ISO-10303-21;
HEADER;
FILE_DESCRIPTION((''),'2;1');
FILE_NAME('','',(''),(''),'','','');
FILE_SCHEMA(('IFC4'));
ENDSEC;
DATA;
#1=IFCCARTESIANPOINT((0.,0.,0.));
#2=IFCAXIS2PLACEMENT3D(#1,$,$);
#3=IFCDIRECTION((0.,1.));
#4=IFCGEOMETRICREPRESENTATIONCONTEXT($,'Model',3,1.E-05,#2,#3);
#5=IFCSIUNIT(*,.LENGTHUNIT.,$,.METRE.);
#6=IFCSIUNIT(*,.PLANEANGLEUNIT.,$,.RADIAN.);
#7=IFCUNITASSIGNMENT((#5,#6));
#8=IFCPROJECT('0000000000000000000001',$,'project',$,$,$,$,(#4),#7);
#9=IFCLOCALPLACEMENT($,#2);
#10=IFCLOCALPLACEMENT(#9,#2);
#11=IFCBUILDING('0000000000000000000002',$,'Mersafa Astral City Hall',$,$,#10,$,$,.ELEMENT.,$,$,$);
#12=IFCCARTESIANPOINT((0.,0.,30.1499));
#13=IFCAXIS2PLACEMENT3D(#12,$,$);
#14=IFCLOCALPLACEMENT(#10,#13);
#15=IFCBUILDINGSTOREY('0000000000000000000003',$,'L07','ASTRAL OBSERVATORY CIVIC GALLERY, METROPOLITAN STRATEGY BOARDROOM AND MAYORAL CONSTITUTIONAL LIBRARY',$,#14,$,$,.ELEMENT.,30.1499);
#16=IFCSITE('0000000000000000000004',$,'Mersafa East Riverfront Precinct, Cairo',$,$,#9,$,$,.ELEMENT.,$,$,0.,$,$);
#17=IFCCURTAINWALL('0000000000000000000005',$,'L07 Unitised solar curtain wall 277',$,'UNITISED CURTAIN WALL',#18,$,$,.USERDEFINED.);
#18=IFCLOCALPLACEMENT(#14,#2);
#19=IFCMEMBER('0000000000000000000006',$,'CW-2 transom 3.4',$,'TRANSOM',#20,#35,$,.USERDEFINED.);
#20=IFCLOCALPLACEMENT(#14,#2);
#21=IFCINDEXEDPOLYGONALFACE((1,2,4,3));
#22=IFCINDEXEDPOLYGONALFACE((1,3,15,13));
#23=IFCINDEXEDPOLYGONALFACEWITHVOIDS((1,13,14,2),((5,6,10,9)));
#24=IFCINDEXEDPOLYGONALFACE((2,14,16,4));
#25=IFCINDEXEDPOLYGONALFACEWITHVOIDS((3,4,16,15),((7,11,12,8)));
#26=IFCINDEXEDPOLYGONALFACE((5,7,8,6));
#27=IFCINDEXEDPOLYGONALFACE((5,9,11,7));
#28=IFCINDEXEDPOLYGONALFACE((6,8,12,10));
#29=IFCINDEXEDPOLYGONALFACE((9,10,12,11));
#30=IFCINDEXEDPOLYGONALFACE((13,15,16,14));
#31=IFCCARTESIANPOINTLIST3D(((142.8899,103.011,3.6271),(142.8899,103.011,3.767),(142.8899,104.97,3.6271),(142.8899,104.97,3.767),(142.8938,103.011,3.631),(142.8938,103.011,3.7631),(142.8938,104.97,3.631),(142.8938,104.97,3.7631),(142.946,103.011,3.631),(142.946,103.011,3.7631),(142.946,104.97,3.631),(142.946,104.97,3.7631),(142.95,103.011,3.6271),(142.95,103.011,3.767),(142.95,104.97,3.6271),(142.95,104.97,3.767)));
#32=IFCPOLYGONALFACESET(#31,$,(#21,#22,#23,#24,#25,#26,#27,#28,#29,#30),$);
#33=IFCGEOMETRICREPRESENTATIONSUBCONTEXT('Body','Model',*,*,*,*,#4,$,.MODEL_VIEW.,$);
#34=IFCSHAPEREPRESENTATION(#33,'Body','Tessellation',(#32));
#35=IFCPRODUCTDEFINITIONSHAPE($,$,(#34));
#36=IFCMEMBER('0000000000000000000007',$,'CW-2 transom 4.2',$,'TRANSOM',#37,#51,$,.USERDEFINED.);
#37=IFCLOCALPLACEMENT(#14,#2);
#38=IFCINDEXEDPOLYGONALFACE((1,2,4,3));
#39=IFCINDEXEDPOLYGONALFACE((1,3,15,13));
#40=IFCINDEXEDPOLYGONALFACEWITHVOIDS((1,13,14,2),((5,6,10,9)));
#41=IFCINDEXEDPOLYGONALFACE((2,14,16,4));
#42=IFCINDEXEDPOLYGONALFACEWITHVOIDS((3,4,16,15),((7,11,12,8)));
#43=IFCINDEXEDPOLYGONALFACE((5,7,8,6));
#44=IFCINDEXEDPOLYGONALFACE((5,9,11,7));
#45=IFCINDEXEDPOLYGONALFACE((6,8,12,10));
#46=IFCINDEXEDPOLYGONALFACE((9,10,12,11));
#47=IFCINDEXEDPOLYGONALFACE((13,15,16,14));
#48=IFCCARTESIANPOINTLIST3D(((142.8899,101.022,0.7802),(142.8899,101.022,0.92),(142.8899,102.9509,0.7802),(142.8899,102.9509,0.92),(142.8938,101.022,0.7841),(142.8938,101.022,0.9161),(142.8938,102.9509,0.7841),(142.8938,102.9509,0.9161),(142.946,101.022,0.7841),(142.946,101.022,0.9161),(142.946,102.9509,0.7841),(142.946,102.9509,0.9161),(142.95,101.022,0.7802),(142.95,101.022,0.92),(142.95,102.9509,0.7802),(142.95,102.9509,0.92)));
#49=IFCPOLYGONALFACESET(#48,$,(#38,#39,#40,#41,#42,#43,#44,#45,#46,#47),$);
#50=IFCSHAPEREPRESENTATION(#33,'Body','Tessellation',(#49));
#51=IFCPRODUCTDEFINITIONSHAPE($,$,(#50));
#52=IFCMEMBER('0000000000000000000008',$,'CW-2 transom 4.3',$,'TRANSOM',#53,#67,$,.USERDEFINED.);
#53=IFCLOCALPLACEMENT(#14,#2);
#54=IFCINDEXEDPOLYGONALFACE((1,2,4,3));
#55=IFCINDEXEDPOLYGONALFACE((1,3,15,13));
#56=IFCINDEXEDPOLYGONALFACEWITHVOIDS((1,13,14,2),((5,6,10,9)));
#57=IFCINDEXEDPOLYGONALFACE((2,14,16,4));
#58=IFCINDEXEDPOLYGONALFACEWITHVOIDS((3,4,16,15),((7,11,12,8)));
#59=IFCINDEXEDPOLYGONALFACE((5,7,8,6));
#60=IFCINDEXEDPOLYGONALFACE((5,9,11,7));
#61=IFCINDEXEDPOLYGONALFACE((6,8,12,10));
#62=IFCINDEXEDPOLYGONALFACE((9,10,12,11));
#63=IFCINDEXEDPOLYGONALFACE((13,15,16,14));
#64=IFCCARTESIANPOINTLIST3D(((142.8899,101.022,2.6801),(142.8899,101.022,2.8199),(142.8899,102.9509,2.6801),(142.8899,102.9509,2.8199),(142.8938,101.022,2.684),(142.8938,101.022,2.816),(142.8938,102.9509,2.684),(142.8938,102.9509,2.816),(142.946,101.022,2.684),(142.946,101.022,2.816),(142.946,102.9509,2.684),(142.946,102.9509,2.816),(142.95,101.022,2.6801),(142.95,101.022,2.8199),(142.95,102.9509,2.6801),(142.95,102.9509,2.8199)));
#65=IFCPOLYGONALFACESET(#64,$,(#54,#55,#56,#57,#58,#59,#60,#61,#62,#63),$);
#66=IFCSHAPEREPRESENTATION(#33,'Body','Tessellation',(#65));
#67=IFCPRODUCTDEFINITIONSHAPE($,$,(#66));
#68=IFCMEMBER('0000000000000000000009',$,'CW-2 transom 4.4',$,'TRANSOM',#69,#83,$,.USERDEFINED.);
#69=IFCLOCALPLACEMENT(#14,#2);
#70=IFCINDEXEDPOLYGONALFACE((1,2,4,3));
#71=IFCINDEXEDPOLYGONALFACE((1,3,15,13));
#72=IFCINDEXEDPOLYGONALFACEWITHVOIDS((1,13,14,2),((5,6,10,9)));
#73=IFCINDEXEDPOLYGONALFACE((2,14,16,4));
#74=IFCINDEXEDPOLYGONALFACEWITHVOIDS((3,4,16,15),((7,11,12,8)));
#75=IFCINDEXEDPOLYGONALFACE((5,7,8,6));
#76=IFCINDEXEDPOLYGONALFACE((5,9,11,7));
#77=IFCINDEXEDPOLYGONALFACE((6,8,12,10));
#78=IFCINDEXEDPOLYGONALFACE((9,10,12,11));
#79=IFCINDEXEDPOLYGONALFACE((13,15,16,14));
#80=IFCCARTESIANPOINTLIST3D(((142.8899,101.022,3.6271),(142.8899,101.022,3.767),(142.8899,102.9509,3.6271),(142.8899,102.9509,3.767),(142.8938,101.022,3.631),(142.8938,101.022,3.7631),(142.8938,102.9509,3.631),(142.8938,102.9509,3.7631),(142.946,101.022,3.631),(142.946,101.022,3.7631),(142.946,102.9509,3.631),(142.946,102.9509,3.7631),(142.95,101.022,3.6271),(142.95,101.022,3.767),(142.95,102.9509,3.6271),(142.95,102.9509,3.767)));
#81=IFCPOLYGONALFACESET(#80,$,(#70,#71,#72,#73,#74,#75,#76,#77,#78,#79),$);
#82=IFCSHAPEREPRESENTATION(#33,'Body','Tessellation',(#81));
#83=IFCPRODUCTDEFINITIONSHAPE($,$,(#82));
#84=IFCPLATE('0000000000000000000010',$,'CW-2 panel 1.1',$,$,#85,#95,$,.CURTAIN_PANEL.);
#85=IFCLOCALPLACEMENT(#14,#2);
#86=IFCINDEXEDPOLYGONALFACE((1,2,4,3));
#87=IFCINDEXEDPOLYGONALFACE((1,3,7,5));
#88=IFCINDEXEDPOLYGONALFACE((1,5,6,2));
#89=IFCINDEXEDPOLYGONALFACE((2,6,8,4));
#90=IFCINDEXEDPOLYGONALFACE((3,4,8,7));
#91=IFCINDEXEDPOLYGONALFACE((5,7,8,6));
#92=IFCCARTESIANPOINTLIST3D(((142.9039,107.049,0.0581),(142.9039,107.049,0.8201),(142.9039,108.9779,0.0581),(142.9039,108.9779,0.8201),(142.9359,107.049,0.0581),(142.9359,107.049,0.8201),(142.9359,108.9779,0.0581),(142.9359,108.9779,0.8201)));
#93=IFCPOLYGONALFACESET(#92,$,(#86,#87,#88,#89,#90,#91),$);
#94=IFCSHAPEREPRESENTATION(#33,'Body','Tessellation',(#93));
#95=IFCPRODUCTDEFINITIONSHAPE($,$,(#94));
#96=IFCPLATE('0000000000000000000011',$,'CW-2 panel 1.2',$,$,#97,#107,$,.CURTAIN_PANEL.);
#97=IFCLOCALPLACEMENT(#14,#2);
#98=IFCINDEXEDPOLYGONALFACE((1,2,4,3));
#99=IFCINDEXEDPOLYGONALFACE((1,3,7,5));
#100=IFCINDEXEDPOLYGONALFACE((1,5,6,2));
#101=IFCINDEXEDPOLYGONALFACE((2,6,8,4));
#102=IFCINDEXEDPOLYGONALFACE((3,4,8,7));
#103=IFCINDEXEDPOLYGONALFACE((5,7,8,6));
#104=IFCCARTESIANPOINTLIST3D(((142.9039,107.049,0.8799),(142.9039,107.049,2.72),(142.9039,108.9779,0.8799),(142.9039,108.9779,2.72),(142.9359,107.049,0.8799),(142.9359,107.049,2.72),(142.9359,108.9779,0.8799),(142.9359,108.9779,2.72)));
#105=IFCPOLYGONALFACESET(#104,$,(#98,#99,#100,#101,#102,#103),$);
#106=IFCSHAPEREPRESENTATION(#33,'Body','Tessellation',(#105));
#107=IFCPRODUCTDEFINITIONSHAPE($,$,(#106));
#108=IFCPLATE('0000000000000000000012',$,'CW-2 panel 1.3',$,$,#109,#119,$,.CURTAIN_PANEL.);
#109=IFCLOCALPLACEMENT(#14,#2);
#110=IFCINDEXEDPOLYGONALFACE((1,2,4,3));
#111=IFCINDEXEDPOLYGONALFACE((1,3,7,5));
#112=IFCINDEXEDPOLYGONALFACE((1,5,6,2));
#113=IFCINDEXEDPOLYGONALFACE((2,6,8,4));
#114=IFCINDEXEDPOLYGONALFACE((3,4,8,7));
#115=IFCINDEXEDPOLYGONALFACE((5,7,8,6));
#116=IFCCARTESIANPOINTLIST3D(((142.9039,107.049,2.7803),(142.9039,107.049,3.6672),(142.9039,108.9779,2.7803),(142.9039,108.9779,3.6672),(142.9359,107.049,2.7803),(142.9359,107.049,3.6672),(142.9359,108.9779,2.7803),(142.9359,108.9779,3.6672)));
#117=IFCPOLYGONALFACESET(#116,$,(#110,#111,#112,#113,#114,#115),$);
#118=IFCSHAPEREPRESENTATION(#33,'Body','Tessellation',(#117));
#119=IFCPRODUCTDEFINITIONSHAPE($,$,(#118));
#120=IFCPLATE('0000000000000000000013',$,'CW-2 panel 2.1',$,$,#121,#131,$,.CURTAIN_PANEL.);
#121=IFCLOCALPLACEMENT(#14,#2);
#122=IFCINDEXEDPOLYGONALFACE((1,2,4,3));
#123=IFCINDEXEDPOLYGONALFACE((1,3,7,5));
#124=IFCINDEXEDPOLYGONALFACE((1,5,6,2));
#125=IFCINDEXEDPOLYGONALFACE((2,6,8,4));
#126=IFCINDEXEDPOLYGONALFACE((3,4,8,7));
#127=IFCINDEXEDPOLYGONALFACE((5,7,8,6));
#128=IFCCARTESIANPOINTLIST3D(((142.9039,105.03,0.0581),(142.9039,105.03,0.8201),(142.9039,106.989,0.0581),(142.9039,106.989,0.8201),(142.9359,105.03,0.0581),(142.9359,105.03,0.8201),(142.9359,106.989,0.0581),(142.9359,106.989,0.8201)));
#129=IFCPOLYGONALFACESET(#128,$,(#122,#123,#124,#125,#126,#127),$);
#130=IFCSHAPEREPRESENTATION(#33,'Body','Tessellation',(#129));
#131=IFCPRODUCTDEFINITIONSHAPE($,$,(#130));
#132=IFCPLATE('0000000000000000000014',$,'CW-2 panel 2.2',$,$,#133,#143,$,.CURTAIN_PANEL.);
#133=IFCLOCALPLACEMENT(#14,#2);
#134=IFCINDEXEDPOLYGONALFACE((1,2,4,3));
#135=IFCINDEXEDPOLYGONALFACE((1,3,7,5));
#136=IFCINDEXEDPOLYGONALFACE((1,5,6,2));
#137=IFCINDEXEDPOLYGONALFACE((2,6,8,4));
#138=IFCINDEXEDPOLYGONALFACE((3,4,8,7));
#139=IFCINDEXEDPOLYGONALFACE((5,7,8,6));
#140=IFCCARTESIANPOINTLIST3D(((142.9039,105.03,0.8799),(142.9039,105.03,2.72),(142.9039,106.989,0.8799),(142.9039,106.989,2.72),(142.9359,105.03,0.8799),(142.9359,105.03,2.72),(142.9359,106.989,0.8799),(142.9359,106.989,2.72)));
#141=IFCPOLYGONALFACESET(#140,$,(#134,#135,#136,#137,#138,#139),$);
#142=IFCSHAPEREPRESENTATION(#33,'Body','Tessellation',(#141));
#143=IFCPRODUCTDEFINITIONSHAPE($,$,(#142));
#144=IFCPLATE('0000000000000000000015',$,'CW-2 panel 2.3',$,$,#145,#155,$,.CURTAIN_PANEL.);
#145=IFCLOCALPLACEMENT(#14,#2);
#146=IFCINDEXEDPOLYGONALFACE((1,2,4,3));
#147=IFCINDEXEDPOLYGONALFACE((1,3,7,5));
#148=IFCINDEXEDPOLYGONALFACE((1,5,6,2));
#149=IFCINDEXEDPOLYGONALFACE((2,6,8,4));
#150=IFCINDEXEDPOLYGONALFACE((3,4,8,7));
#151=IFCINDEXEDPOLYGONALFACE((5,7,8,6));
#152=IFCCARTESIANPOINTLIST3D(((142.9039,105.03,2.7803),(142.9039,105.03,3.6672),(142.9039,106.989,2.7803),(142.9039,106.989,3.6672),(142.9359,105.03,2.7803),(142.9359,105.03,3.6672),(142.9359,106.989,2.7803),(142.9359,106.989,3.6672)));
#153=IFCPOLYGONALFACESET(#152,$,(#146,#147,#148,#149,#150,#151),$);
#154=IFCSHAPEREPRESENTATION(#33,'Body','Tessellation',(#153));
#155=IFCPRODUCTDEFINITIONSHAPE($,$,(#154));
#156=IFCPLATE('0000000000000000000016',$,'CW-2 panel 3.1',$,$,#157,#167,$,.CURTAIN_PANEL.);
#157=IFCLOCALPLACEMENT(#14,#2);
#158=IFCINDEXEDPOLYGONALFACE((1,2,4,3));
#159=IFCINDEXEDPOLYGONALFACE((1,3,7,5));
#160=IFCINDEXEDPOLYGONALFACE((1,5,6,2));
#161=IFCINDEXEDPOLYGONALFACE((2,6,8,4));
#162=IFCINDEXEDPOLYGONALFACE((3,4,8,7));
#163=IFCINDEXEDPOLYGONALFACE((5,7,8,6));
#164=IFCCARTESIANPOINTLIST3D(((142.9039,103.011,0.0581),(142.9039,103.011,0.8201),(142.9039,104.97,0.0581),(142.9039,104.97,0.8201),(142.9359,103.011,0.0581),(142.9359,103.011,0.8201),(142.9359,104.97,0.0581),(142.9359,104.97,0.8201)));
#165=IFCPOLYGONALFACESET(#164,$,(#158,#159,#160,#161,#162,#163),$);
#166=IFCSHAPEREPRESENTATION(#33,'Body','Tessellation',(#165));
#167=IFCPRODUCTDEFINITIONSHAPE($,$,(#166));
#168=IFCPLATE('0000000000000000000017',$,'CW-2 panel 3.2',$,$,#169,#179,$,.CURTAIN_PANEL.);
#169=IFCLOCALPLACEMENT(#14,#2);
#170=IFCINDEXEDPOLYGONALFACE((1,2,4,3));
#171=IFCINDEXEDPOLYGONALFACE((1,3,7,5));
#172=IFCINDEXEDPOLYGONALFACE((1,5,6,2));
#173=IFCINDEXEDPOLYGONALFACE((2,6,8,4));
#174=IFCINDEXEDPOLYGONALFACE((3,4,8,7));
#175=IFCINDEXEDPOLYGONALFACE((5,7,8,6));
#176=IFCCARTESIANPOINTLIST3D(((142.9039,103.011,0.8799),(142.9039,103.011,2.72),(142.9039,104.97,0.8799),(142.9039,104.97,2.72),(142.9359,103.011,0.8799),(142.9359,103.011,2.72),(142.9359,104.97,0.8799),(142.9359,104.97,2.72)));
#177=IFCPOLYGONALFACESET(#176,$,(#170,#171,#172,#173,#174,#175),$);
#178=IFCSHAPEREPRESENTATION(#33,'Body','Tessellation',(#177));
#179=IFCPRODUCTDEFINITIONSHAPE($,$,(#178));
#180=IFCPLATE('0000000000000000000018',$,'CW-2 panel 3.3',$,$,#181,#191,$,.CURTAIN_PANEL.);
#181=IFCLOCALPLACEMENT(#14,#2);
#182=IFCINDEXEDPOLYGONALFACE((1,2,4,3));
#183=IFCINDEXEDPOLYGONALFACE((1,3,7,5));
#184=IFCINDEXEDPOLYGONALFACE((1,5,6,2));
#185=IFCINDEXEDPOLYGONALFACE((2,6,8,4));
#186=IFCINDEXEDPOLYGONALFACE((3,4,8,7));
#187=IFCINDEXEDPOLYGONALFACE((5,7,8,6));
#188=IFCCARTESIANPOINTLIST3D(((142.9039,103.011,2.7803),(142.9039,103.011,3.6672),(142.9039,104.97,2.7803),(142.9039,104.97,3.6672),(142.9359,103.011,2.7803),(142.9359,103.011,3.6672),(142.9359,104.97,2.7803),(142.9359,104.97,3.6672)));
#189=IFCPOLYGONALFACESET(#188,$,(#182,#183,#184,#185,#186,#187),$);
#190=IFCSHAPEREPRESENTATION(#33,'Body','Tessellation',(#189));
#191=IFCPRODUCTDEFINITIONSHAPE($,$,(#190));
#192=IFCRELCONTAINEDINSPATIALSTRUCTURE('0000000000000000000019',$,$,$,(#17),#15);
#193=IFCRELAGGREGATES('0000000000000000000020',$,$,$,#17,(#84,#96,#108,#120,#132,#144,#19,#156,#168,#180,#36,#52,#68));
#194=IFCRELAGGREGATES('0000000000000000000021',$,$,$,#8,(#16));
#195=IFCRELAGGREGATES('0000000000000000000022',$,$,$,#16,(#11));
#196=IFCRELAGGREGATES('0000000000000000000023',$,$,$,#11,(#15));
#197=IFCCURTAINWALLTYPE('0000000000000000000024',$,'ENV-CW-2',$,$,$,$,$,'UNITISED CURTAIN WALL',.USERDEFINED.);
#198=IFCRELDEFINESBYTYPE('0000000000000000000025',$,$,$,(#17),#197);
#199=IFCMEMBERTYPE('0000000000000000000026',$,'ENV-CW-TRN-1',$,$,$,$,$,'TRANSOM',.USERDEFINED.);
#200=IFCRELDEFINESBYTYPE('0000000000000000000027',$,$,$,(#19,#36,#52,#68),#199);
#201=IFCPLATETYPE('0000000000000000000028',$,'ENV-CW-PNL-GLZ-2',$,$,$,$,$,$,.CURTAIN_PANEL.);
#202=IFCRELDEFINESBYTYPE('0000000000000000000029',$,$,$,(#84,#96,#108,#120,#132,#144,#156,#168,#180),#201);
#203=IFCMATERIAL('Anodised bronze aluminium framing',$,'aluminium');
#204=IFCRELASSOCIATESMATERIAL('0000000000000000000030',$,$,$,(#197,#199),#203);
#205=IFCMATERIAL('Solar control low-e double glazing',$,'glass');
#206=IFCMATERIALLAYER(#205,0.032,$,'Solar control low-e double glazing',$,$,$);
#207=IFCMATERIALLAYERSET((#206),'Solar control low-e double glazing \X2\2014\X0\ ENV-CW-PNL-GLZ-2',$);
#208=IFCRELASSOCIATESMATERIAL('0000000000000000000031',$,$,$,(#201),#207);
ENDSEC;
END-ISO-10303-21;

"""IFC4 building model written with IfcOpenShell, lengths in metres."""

from ifc_helpers import new_model, si_unit, direction, frame, origin, origin_2d, place, context, subcontext, project, spatial, rectangle, hollow_rectangle, extrude, material, layer, layer_set, material_profile, profile_set, type_object, element, aggregate, save


model = new_model("IFC4")

# Units and contexts
model_context = context("Model", 3, precision=1e-05, world=origin(), true_north=direction((0.0, 1.0)))
body_context = subcontext(model_context, "Body", "Model", "MODEL_VIEW")
ifc_project = project(units=[si_unit("LENGTHUNIT", "METRE"), si_unit("PLANEANGLEUNIT", "RADIAN")], contexts=[model_context])

# Site, building, storey
site_placement = place(None, origin())
site = spatial("IfcSite", under=ifc_project, at=site_placement, Name="Mersafa East Riverfront Precinct, Cairo", CompositionType="ELEMENT", RefElevation=0.0)
building_placement = place(site_placement, origin())
building = spatial("IfcBuilding", under=site, at=building_placement, Name="Mersafa Astral City Hall", CompositionType="ELEMENT")
storey_placement = place(building_placement, frame((0.0, 0.0, 30.1499)))
storey = spatial("IfcBuildingStorey", under=building, at=storey_placement, Name="L07", Description="ASTRAL OBSERVATORY CIVIC GALLERY, METROPOLITAN STRATEGY BOARDROOM AND MAYORAL CONSTITUTIONAL LIBRARY", CompositionType="ELEMENT", Elevation=30.1499)

# Curtain wall, members, plates
ifc_material_1 = material(Name="Anodised bronze aluminium framing", Category="aluminium")
curtain_wall_type = type_object("IfcCurtainWallType", Name="ENV-CW-2", ElementType="UNITISED CURTAIN WALL", PredefinedType="USERDEFINED", material=ifc_material_1)
curtain_wall_placement = place(storey_placement, origin())
curtain_wall = element("IfcCurtainWall", 1, at=curtain_wall_placement, inside=storey, type_object=curtain_wall_type, Name="L07 Unitised solar curtain wall 277", ObjectType="UNITISED CURTAIN WALL", PredefinedType="USERDEFINED")
ifc_material_profile_1 = material_profile(ifc_material_1, hollow_rectangle(XDim=0.0601, YDim=0.1399, WallThickness=0.0039, at=origin_2d()), Name="RHS 60x140x4")
ifc_profile_set_1 = profile_set([ifc_material_profile_1], Name="Anodised bronze aluminium framing")
member_type_1 = type_object("IfcMemberType", Name="ENV-CW-TRN-1", ElementType="TRANSOM", PredefinedType="USERDEFINED", material=ifc_profile_set_1)
member_1_placement = place(storey_placement, frame((142.9199, 104.97, 3.697), z_axis=(0.0, -1.0, 0.0), x_axis=(1.0, 0.0, 0.0)))
member_1 = element("IfcMember", 2, at=member_1_placement, type_object=member_type_1, Name="CW-2 transom 3.4", ObjectType="TRANSOM", PredefinedType="USERDEFINED", context=body_context, shape_type="SweptSolid", body=[
    extrude(hollow_rectangle(XDim=0.0601, YDim=0.1399, WallThickness=0.0039, at=origin_2d()), origin(), (0.0, 0.0, 1.0), 1.959),
])
member_2_placement = place(storey_placement, frame((142.9199, 102.9509, 0.8501), z_axis=(0.0, -1.0, 0.0), x_axis=(1.0, 0.0, 0.0)))
member_2 = element("IfcMember", 3, at=member_2_placement, type_object=member_type_1, Name="CW-2 transom 4.2", ObjectType="TRANSOM", PredefinedType="USERDEFINED", context=body_context, shape_type="SweptSolid", body=[
    extrude(hollow_rectangle(XDim=0.0601, YDim=0.1399, WallThickness=0.0039, at=origin_2d()), origin(), (0.0, 0.0, 1.0), 1.929),
])
member_3_placement = place(storey_placement, frame((142.9199, 102.9509, 2.75), z_axis=(0.0, -1.0, 0.0), x_axis=(1.0, 0.0, 0.0)))
member_3 = element("IfcMember", 4, at=member_3_placement, type_object=member_type_1, Name="CW-2 transom 4.3", ObjectType="TRANSOM", PredefinedType="USERDEFINED", context=body_context, shape_type="SweptSolid", body=[
    extrude(hollow_rectangle(XDim=0.0601, YDim=0.1399, WallThickness=0.0039, at=origin_2d()), origin(), (0.0, 0.0, 1.0), 1.929),
])
member_4_placement = place(storey_placement, frame((142.9199, 102.9509, 3.697), z_axis=(0.0, -1.0, 0.0), x_axis=(1.0, 0.0, 0.0)))
member_4 = element("IfcMember", 5, at=member_4_placement, type_object=member_type_1, Name="CW-2 transom 4.4", ObjectType="TRANSOM", PredefinedType="USERDEFINED", context=body_context, shape_type="SweptSolid", body=[
    extrude(hollow_rectangle(XDim=0.0601, YDim=0.1399, WallThickness=0.0039, at=origin_2d()), origin(), (0.0, 0.0, 1.0), 1.929),
])
ifc_material_2 = material(Name="Solar control low-e double glazing", Category="glass")
ifc_layer = layer(ifc_material_2, 0.032, Name="Solar control low-e double glazing")
ifc_layer_set = layer_set([ifc_layer], Name="Solar control low-e double glazing — ENV-CW-PNL-GLZ-2")
plate_type = type_object("IfcPlateType", Name="ENV-CW-PNL-GLZ-2", PredefinedType="CURTAIN_PANEL", material=ifc_layer_set)
plate_1_placement = place(storey_placement, frame((142.9199, 108.0134, 0.0581), z_axis=(0.0, 0.0, 1.0), x_axis=(0.0, -1.0, 0.0)))
plate_1 = element("IfcPlate", 6, at=plate_1_placement, type_object=plate_type, Name="CW-2 panel 1.1", PredefinedType="CURTAIN_PANEL", context=body_context, shape_type="SweptSolid", body=[
    extrude(rectangle(XDim=1.929, YDim=0.032, at=origin_2d()), origin(), (0.0, 0.0, 1.0), 0.762),
])
plate_2_placement = place(storey_placement, frame((142.9199, 108.0134, 0.8799), z_axis=(0.0, 0.0, 1.0), x_axis=(0.0, -1.0, 0.0)))
plate_2 = element("IfcPlate", 7, at=plate_2_placement, type_object=plate_type, Name="CW-2 panel 1.2", PredefinedType="CURTAIN_PANEL", context=body_context, shape_type="SweptSolid", body=[
    extrude(rectangle(XDim=1.929, YDim=0.032, at=origin_2d()), origin(), (0.0, 0.0, 1.0), 1.8401),
])
plate_3_placement = place(storey_placement, frame((142.9199, 108.0134, 2.7803), z_axis=(0.0, 0.0, 1.0), x_axis=(0.0, -1.0, 0.0)))
plate_3 = element("IfcPlate", 8, at=plate_3_placement, type_object=plate_type, Name="CW-2 panel 1.3", PredefinedType="CURTAIN_PANEL", context=body_context, shape_type="SweptSolid", body=[
    extrude(rectangle(XDim=1.929, YDim=0.032, at=origin_2d()), origin(), (0.0, 0.0, 1.0), 0.887),
])
plate_4_placement = place(storey_placement, frame((142.9199, 106.0095, 0.0581), z_axis=(0.0, 0.0, 1.0), x_axis=(0.0, -1.0, 0.0)))
plate_4 = element("IfcPlate", 9, at=plate_4_placement, type_object=plate_type, Name="CW-2 panel 2.1", PredefinedType="CURTAIN_PANEL", context=body_context, shape_type="SweptSolid", body=[
    extrude(rectangle(XDim=1.959, YDim=0.032, at=origin_2d()), origin(), (0.0, 0.0, 1.0), 0.762),
])
plate_5_placement = place(storey_placement, frame((142.9199, 106.0095, 0.8799), z_axis=(0.0, 0.0, 1.0), x_axis=(0.0, -1.0, 0.0)))
plate_5 = element("IfcPlate", 10, at=plate_5_placement, type_object=plate_type, Name="CW-2 panel 2.2", PredefinedType="CURTAIN_PANEL", context=body_context, shape_type="SweptSolid", body=[
    extrude(rectangle(XDim=1.959, YDim=0.032, at=origin_2d()), origin(), (0.0, 0.0, 1.0), 1.8401),
])
plate_6_placement = place(storey_placement, frame((142.9199, 106.0095, 2.7803), z_axis=(0.0, 0.0, 1.0), x_axis=(0.0, -1.0, 0.0)))
plate_6 = element("IfcPlate", 11, at=plate_6_placement, type_object=plate_type, Name="CW-2 panel 2.3", PredefinedType="CURTAIN_PANEL", context=body_context, shape_type="SweptSolid", body=[
    extrude(rectangle(XDim=1.959, YDim=0.032, at=origin_2d()), origin(), (0.0, 0.0, 1.0), 0.887),
])
plate_7_placement = place(storey_placement, frame((142.9199, 103.9905, 0.0581), z_axis=(0.0, 0.0, 1.0), x_axis=(0.0, -1.0, 0.0)))
plate_7 = element("IfcPlate", 12, at=plate_7_placement, type_object=plate_type, Name="CW-2 panel 3.1", PredefinedType="CURTAIN_PANEL", context=body_context, shape_type="SweptSolid", body=[
    extrude(rectangle(XDim=1.959, YDim=0.032, at=origin_2d()), origin(), (0.0, 0.0, 1.0), 0.762),
])
plate_8_placement = place(storey_placement, frame((142.9199, 103.9905, 0.8799), z_axis=(0.0, 0.0, 1.0), x_axis=(0.0, -1.0, 0.0)))
plate_8 = element("IfcPlate", 13, at=plate_8_placement, type_object=plate_type, Name="CW-2 panel 3.2", PredefinedType="CURTAIN_PANEL", context=body_context, shape_type="SweptSolid", body=[
    extrude(rectangle(XDim=1.959, YDim=0.032, at=origin_2d()), origin(), (0.0, 0.0, 1.0), 1.8401),
])
plate_9_placement = place(storey_placement, frame((142.9199, 103.9905, 2.7803), z_axis=(0.0, 0.0, 1.0), x_axis=(0.0, -1.0, 0.0)))
plate_9 = element("IfcPlate", 14, at=plate_9_placement, type_object=plate_type, Name="CW-2 panel 3.3", PredefinedType="CURTAIN_PANEL", context=body_context, shape_type="SweptSolid", body=[
    extrude(rectangle(XDim=1.959, YDim=0.032, at=origin_2d()), origin(), (0.0, 0.0, 1.0), 0.887),
])
aggregate(curtain_wall, [plate_1, plate_2, plate_3, plate_4, plate_5, plate_6, member_1, plate_7, plate_8, plate_9, member_2, member_3, member_4])

save(model, "model.ifc")
